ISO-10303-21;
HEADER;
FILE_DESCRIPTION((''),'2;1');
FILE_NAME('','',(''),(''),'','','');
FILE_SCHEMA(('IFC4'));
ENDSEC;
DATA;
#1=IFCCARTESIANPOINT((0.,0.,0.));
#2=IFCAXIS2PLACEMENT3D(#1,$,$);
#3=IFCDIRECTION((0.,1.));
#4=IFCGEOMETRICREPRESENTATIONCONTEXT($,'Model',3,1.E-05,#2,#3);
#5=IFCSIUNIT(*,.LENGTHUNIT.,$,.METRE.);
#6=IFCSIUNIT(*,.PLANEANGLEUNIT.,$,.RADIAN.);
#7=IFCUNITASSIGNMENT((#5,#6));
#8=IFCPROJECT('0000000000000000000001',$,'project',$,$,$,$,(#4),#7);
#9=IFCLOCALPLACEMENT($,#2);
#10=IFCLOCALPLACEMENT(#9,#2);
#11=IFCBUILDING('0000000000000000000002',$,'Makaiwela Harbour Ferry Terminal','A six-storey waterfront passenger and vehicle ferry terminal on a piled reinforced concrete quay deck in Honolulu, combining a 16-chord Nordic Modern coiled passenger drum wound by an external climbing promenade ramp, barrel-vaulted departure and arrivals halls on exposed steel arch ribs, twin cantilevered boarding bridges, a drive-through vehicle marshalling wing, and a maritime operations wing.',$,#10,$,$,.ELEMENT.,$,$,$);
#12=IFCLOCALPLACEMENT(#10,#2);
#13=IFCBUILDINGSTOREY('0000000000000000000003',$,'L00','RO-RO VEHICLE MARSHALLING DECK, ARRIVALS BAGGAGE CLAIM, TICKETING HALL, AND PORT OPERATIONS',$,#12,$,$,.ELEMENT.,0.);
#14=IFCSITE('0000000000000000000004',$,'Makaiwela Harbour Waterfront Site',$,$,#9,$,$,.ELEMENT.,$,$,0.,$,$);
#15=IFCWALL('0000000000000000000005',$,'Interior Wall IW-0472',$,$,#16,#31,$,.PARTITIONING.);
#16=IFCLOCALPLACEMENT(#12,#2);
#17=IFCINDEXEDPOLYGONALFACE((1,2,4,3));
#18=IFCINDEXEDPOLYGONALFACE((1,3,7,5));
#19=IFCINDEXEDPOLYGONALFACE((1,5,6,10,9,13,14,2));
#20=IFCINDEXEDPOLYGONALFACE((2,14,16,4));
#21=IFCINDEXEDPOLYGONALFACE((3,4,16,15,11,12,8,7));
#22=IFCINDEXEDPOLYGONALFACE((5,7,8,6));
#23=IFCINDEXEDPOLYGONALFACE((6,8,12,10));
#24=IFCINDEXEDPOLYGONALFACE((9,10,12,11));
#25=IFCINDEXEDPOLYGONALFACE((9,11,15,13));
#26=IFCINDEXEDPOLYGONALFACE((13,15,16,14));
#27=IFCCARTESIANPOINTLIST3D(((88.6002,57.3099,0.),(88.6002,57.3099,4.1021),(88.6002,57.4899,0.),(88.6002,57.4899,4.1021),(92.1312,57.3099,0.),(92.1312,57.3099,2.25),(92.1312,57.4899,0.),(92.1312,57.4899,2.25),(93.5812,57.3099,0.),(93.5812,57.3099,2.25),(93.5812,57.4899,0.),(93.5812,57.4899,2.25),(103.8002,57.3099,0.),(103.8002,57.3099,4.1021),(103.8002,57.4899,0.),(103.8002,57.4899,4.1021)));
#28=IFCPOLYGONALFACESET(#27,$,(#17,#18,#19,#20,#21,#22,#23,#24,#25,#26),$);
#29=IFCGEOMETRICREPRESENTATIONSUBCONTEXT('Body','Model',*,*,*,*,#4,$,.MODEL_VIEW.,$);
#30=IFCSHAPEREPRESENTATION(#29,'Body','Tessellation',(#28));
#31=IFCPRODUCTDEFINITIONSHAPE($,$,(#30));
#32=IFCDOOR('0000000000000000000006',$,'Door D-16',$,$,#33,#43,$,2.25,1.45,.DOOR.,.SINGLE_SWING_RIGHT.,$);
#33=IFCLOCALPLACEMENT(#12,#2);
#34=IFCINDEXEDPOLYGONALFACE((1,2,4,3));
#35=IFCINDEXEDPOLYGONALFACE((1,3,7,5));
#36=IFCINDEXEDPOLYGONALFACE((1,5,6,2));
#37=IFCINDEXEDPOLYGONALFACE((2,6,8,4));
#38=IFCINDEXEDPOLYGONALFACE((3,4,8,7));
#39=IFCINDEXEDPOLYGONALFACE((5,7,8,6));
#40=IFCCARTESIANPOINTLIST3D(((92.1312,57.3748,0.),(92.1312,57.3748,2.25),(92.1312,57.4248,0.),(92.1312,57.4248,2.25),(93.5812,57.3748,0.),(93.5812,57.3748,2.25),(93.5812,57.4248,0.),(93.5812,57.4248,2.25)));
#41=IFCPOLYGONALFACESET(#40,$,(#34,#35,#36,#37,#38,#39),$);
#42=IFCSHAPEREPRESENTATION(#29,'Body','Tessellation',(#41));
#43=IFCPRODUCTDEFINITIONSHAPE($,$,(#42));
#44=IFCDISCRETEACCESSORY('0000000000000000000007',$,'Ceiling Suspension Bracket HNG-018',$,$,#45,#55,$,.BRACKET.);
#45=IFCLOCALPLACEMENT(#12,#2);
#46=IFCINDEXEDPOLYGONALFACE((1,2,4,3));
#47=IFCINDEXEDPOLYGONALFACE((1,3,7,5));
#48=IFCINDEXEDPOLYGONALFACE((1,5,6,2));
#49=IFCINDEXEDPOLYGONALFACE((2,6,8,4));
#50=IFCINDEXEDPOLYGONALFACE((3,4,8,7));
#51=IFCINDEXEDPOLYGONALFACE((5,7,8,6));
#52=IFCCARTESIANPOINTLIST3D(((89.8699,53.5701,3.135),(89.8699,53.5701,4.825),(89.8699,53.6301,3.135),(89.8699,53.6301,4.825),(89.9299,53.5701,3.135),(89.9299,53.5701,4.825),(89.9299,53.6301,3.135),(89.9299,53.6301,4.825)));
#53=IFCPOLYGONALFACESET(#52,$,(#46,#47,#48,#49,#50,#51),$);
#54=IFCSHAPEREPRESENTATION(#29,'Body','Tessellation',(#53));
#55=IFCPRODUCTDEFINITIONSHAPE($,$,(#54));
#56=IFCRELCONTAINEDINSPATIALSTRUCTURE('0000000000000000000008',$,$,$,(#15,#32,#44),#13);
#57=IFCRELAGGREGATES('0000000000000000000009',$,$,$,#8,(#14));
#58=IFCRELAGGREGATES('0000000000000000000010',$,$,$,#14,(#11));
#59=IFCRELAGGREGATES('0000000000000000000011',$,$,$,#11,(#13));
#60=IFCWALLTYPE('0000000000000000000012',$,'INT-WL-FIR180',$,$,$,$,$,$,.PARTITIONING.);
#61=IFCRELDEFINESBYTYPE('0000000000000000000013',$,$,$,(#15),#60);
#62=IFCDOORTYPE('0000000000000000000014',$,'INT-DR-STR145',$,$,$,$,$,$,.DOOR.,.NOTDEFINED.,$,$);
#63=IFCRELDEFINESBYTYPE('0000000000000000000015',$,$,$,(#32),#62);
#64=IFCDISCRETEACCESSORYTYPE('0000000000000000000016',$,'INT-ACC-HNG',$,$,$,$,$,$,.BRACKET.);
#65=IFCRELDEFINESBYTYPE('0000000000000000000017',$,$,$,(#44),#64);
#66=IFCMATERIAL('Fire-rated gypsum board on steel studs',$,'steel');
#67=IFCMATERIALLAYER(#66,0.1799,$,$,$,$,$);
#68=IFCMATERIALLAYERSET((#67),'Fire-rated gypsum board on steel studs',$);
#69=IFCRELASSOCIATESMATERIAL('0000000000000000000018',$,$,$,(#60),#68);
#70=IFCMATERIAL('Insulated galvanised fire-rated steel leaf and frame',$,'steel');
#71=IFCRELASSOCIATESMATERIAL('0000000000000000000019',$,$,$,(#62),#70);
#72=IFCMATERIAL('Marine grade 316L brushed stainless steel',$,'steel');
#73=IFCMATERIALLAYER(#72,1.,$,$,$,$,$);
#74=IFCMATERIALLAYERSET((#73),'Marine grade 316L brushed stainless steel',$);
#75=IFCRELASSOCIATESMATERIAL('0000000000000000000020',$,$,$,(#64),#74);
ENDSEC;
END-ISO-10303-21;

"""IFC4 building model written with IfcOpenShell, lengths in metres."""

from ifc_helpers import new_model, si_unit, direction, frame, frame_2d, origin, origin_2d, place, context, subcontext, project, spatial, rectangle, extrude, material, layer, layer_set, type_object, element, fill, save


model = new_model("IFC4")

# Units and contexts
model_context = context("Model", 3, precision=1e-05, world=origin(), true_north=direction((0.0, 1.0)))
body_context = subcontext(model_context, "Body", "Model", "MODEL_VIEW")
ifc_project = project(units=[si_unit("LENGTHUNIT", "METRE"), si_unit("PLANEANGLEUNIT", "RADIAN")], contexts=[model_context])

# Site, building, storey
site_placement = place(None, origin())
site = spatial("IfcSite", under=ifc_project, at=site_placement, Name="Makaiwela Harbour Waterfront Site", CompositionType="ELEMENT", RefElevation=0.0)
building_placement = place(site_placement, origin())
building = spatial("IfcBuilding", under=site, at=building_placement, Name="Makaiwela Harbour Ferry Terminal", Description="A six-storey waterfront passenger and vehicle ferry terminal on a piled reinforced concrete quay deck in Honolulu, combining a 16-chord Nordic Modern coiled passenger drum wound by an external climbing promenade ramp, barrel-vaulted departure and arrivals halls on exposed steel arch ribs, twin cantilevered boarding bridges, a drive-through vehicle marshalling wing, and a maritime operations wing.", CompositionType="ELEMENT")
storey_placement = place(building_placement, origin())
storey = spatial("IfcBuildingStorey", under=building, at=storey_placement, Name="L00", Description="RO-RO VEHICLE MARSHALLING DECK, ARRIVALS BAGGAGE CLAIM, TICKETING HALL, AND PORT OPERATIONS", CompositionType="ELEMENT", Elevation=0.0)

# Wall, opening, door
ifc_material_1 = material(Name="Fire-rated gypsum board on steel studs", Category="steel")
ifc_layer_1 = layer(ifc_material_1, 0.1799)
ifc_layer_set_1 = layer_set([ifc_layer_1], Name="Fire-rated gypsum board on steel studs")
wall_type = type_object("IfcWallType", Name="INT-WL-FIR180", PredefinedType="PARTITIONING", material=ifc_layer_set_1)
wall_placement = place(storey_placement, frame((88.6001, 57.3999, 0.0), z_axis=(0.0, 0.0, 1.0), x_axis=(1.0, 0.0, 0.0)))
wall = element("IfcWall", 1, at=wall_placement, inside=storey, type_object=wall_type, Name="Interior Wall IW-0472", PredefinedType="PARTITIONING", context=body_context, shape_type="SweptSolid", body=[
    extrude(rectangle(XDim=15.2, YDim=0.1799, at=frame_2d((7.6001, 0.0))), origin(), (0.0, 0.0, 1.0), 4.1021),
])
opening_placement = place(wall_placement, frame((3.531, 0.0, 0.0)))
opening = element("IfcOpeningElement", 2, at=opening_placement, cuts=wall, PredefinedType="OPENING", context=body_context, shape_type="SweptSolid", body=[
    extrude(rectangle(XDim=1.45, YDim=2.25, at=frame_2d((0.7251, 1.125))), frame((0.0, 0.0999, 0.0), z_axis=(0.0, -1.0, 0.0), x_axis=(1.0, 0.0, 0.0)), (0.0, 0.0, 1.0), 0.2),
])
ifc_material_2 = material(Name="Insulated galvanised fire-rated steel leaf and frame", Category="steel")
door_type = type_object("IfcDoorType", Name="INT-DR-STR145", OperationType="NOTDEFINED", PredefinedType="DOOR", material=ifc_material_2)
door_placement = place(opening_placement, origin())
door = element("IfcDoor", 3, at=door_placement, inside=storey, type_object=door_type, Name="Door D-16", OperationType="SINGLE_SWING_RIGHT", OverallHeight=2.25, OverallWidth=1.45, PredefinedType="DOOR", context=body_context, shape_type="SweptSolid", body=[
    extrude(rectangle(XDim=1.45, YDim=2.25, at=frame_2d((0.7251, 1.125))), frame((0.0, 0.0249, 0.0), z_axis=(0.0, -1.0, 0.0), x_axis=(1.0, 0.0, 0.0)), (0.0, 0.0, 1.0), 0.05),
])
fill(opening, door)

# Discrete accessory
ifc_material_3 = material(Name="Marine grade 316L brushed stainless steel", Category="steel")
ifc_layer_2 = layer(ifc_material_3, 1.0)
ifc_layer_set_2 = layer_set([ifc_layer_2], Name="Marine grade 316L brushed stainless steel")
discrete_accessory_type = type_object("IfcDiscreteAccessoryType", Name="INT-ACC-HNG", PredefinedType="BRACKET", material=ifc_layer_set_2)
discrete_accessory_placement = place(storey_placement, frame((89.8999, 53.6001, 3.135), z_axis=(0.0, 0.0, 1.0), x_axis=(1.0, 0.0, 0.0)))
element("IfcDiscreteAccessory", 4, at=discrete_accessory_placement, inside=storey, type_object=discrete_accessory_type, Name="Ceiling Suspension Bracket HNG-018", PredefinedType="BRACKET", context=body_context, shape_type="SweptSolid", body=[
    extrude(rectangle(XDim=0.0601, YDim=0.0601, at=origin_2d()), origin(), (0.0, 0.0, 1.0), 1.6899),
])

save(model, "model.ifc")
